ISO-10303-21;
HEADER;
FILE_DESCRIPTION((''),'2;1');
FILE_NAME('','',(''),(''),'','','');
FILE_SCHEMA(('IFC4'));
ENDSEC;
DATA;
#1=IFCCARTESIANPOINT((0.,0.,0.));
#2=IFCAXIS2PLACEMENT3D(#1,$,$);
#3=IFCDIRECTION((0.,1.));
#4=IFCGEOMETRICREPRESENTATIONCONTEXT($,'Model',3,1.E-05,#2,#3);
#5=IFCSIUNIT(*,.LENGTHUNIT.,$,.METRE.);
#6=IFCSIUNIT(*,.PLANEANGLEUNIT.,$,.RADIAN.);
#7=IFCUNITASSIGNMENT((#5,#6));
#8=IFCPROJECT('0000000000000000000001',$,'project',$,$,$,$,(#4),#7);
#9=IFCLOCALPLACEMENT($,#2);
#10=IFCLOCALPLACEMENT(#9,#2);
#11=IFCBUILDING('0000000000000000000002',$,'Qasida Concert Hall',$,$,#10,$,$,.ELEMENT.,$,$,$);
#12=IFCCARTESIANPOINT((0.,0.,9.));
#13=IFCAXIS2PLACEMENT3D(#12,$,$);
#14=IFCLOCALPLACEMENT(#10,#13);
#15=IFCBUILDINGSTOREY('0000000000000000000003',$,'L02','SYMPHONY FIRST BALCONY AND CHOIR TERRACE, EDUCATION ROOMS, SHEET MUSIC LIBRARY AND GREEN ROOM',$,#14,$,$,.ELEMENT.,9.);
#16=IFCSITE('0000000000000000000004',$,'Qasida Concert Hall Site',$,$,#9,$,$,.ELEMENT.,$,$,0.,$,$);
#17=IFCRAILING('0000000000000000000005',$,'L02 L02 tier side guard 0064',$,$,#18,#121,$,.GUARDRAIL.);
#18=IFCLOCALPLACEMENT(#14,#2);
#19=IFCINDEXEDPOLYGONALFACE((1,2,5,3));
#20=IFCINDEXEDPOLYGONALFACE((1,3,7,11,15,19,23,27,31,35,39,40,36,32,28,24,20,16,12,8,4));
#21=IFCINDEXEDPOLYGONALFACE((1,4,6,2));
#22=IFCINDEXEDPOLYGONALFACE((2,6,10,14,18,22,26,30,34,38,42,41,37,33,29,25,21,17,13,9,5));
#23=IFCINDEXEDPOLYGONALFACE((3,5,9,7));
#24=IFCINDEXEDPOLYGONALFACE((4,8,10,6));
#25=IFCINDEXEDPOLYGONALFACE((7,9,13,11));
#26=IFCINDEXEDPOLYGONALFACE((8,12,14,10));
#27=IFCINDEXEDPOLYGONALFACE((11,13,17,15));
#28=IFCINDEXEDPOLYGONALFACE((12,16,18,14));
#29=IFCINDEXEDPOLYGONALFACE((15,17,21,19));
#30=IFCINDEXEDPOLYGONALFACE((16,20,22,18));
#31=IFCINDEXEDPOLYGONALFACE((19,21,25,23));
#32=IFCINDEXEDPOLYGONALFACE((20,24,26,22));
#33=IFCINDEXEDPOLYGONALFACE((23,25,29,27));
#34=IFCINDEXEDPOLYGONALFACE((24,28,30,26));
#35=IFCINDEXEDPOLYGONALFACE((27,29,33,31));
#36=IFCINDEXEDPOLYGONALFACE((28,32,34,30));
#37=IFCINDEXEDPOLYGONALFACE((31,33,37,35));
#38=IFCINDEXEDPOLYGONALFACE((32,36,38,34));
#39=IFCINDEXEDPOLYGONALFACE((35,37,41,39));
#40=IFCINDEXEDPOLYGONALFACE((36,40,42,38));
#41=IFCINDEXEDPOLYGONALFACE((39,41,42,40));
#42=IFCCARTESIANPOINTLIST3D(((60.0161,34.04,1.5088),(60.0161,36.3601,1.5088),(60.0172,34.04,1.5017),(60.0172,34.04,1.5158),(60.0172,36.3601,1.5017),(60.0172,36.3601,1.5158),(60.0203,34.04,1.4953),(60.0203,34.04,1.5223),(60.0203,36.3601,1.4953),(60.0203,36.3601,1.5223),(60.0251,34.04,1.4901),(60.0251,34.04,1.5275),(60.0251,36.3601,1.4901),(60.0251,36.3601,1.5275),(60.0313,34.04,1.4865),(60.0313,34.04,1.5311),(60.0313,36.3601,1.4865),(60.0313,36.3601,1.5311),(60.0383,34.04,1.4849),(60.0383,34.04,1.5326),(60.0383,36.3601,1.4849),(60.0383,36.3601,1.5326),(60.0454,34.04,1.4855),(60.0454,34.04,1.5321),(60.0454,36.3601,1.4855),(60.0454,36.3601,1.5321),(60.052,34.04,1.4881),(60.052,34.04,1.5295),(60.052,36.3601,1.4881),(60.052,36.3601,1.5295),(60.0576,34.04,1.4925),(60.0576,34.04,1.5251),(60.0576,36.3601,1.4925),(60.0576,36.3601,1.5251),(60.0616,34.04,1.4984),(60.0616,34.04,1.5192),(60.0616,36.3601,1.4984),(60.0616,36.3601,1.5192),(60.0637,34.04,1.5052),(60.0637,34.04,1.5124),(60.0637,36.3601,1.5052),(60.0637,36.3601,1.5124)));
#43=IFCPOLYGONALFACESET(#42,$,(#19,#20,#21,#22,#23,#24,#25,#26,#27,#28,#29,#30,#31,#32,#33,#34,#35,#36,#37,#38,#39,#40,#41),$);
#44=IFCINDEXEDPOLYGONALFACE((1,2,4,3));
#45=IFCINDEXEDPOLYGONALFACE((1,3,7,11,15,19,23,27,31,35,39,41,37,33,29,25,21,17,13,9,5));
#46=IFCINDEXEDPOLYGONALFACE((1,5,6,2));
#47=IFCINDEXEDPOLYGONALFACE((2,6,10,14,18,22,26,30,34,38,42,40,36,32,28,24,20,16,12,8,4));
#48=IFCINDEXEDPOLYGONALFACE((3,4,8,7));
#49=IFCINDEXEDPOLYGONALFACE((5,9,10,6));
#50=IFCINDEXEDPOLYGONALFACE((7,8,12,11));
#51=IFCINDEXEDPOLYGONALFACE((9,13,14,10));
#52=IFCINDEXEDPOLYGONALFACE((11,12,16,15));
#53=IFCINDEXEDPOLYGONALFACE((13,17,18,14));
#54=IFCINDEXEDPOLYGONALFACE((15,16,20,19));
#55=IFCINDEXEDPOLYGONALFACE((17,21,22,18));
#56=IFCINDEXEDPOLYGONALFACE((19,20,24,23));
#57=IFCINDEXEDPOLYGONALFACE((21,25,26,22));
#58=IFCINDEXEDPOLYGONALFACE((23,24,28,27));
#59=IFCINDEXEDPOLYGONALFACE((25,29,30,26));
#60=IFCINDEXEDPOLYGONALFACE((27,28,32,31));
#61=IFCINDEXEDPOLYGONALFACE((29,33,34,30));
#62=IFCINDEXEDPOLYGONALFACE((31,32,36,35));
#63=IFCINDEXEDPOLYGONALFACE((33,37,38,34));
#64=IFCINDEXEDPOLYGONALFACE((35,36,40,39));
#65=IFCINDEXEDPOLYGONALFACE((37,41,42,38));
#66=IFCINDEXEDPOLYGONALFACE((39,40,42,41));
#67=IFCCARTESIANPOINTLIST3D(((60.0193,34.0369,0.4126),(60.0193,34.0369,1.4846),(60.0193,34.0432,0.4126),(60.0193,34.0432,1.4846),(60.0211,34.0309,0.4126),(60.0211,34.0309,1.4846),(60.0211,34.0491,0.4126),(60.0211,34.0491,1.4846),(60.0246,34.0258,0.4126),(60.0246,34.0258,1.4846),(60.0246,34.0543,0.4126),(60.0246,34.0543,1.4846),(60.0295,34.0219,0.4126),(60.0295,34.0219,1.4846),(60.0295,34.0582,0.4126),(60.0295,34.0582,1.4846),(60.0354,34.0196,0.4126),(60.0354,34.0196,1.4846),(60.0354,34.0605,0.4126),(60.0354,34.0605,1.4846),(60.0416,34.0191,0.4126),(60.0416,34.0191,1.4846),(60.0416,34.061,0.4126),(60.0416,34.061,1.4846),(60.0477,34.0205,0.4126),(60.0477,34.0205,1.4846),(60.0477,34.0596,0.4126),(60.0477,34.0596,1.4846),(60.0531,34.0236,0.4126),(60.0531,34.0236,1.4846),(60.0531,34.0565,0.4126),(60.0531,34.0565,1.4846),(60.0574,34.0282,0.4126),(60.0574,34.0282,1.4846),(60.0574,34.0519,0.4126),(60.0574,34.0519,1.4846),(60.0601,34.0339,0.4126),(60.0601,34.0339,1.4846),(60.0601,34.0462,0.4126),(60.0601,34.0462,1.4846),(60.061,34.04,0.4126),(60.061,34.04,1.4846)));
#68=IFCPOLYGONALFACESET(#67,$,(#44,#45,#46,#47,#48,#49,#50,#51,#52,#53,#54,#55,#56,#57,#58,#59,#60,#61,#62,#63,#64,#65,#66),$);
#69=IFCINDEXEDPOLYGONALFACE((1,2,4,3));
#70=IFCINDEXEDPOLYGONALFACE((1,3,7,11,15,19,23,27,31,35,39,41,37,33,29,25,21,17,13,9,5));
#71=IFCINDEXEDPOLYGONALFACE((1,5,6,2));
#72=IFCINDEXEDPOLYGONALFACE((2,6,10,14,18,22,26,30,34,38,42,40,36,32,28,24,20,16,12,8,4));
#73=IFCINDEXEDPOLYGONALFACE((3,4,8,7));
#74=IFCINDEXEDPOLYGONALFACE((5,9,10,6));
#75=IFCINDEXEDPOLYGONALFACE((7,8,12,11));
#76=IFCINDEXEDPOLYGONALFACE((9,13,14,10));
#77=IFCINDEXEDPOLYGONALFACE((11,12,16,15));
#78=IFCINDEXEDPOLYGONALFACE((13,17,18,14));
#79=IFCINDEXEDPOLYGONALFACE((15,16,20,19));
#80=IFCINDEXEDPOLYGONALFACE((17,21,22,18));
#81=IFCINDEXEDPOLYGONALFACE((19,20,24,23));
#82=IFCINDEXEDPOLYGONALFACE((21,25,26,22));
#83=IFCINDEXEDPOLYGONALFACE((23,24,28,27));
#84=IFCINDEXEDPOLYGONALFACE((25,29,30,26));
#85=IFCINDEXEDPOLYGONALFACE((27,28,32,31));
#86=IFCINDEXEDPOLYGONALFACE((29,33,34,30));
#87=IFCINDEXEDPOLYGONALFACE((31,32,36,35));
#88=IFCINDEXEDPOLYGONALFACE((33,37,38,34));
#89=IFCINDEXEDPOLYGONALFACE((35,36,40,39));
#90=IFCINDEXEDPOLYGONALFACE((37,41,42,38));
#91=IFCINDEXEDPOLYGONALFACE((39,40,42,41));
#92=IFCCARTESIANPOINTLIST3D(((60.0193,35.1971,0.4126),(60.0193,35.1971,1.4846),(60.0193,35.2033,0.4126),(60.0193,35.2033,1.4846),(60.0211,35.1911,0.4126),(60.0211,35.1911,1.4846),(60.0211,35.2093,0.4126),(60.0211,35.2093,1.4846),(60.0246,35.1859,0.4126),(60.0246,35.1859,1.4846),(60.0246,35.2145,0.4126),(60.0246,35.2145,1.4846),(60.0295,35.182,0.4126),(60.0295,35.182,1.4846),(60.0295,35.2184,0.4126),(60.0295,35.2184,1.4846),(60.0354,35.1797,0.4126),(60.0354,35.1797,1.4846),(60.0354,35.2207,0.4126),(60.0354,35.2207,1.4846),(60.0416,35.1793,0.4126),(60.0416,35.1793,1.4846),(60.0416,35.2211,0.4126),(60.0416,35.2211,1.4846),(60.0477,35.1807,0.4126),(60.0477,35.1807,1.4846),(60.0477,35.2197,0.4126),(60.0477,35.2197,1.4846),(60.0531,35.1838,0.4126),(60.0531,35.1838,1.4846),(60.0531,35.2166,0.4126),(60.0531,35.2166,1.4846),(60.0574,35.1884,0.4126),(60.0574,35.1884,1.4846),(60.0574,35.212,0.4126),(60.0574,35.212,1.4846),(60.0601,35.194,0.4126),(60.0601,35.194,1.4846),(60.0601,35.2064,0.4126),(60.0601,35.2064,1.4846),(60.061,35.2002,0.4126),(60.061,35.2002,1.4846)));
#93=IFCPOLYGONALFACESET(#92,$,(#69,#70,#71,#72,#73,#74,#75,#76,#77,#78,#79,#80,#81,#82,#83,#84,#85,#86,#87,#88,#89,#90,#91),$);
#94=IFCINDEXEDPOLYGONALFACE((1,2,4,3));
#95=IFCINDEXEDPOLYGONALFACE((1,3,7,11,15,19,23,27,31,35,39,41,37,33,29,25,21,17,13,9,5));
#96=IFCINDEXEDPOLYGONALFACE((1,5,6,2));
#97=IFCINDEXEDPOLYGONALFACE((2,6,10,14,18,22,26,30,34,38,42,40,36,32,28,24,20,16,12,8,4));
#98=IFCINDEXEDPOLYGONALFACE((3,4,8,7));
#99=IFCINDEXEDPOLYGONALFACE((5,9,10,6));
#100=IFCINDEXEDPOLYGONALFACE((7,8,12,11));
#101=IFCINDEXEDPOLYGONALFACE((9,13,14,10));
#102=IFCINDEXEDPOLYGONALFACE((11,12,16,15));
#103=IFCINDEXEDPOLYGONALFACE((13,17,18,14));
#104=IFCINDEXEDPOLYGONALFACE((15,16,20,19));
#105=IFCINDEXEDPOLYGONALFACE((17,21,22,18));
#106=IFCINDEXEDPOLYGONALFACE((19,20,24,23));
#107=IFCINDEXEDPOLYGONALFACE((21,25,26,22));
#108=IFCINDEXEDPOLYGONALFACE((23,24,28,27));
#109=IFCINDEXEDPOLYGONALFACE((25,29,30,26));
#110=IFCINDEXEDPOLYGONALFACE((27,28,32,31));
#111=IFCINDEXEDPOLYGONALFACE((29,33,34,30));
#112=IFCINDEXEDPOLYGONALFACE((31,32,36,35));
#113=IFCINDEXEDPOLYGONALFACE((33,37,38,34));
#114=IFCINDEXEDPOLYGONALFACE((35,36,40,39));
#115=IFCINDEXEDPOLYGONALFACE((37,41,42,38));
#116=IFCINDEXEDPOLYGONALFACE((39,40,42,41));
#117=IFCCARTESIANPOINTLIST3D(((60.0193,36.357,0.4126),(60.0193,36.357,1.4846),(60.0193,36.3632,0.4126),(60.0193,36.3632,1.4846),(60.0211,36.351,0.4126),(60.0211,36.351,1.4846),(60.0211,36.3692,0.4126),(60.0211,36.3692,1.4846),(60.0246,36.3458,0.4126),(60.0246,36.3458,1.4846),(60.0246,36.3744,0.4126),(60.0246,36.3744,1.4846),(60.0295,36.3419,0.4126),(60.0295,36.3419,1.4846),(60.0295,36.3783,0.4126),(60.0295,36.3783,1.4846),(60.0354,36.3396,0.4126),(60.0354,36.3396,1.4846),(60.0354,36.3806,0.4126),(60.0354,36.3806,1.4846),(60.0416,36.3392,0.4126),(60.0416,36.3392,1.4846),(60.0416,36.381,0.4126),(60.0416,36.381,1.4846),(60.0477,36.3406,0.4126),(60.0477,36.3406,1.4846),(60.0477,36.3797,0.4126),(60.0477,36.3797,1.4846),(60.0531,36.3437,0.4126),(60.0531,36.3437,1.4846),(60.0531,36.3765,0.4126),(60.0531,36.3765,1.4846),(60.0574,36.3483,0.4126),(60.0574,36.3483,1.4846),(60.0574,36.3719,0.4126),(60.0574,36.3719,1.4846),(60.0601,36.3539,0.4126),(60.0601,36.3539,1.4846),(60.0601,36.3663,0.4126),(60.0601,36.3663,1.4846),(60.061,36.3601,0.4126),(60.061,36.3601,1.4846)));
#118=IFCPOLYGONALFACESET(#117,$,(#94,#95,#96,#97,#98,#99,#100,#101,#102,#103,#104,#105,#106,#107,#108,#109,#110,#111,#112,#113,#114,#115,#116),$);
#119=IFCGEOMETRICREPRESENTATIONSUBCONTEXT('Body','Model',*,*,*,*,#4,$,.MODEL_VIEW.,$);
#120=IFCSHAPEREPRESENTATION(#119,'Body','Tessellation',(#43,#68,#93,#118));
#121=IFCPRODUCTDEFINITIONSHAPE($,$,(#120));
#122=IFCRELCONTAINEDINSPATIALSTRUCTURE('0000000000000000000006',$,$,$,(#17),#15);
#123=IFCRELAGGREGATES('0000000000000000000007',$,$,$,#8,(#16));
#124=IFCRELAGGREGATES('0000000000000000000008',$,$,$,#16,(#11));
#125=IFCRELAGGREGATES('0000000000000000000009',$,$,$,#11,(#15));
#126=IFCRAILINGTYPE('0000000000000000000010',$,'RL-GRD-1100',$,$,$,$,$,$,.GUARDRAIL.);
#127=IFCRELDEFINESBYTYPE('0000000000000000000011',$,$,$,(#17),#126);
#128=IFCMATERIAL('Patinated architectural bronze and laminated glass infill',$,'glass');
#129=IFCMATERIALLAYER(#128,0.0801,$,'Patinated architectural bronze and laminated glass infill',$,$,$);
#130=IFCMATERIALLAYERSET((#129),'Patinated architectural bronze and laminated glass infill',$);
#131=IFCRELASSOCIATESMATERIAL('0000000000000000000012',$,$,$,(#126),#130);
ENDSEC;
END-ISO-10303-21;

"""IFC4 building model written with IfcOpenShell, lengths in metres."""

from ifc_helpers import new_model, si_unit, direction, frame, origin, origin_2d, place, context, subcontext, project, spatial, circle, extrude, material, layer, layer_set, type_object, element, save


model = new_model("IFC4")

# Units and contexts
model_context = context("Model", 3, precision=1e-05, world=origin(), true_north=direction((0.0, 1.0)))
body_context = subcontext(model_context, "Body", "Model", "MODEL_VIEW")
ifc_project = project(units=[si_unit("LENGTHUNIT", "METRE"), si_unit("PLANEANGLEUNIT", "RADIAN")], contexts=[model_context])

# Site, building, storey
site_placement = place(None, origin())
site = spatial("IfcSite", under=ifc_project, at=site_placement, Name="Qasida Concert Hall Site", CompositionType="ELEMENT", RefElevation=0.0)
building_placement = place(site_placement, origin())
building = spatial("IfcBuilding", under=site, at=building_placement, Name="Qasida Concert Hall", CompositionType="ELEMENT")
storey_placement = place(building_placement, frame((0.0, 0.0, 9.0)))
storey = spatial("IfcBuildingStorey", under=building, at=storey_placement, Name="L02", Description="SYMPHONY FIRST BALCONY AND CHOIR TERRACE, EDUCATION ROOMS, SHEET MUSIC LIBRARY AND GREEN ROOM", CompositionType="ELEMENT", Elevation=9.0)

# Railing
ifc_material_1 = material(Name="Patinated architectural bronze and laminated glass infill", Category="glass")
ifc_layer_1 = layer(ifc_material_1, 0.0801, Name="Patinated architectural bronze and laminated glass infill")
ifc_layer_set_1 = layer_set([ifc_layer_1], Name="Patinated architectural bronze and laminated glass infill")
railing_type = type_object("IfcRailingType", Name="RL-GRD-1100", PredefinedType="GUARDRAIL", material=ifc_layer_set_1)
for number, where, name in (
    (1, (60.04, 34.04, 0.4126), "L02 L02 tier side guard 0064"),
):
    element("IfcRailing", number, at=place(storey_placement, frame(where)), inside=storey, type_object=railing_type, Name=name, PredefinedType="GUARDRAIL", context=body_context, shape_type="SweptSolid", body=[
        extrude(circle(Radius=0.0239, at=origin_2d()), frame((0.0, 0.0, 1.0962), z_axis=(0.0, 1.0, 0.0), x_axis=(-1.0, 0.0, 0.0)), (0.0, 0.0, 1.0), 2.3201),
        extrude(circle(Radius=0.021, at=origin_2d()), origin(), (0.0, 0.0, 1.0), 1.072),
        extrude(circle(Radius=0.021, at=origin_2d()), frame((0.0, 1.1602, 0.0)), (0.0, 0.0, 1.0), 1.072),
        extrude(circle(Radius=0.021, at=origin_2d()), frame((0.0, 2.3201, 0.0)), (0.0, 0.0, 1.0), 1.072),
    ])

save(model, "model.ifc")
